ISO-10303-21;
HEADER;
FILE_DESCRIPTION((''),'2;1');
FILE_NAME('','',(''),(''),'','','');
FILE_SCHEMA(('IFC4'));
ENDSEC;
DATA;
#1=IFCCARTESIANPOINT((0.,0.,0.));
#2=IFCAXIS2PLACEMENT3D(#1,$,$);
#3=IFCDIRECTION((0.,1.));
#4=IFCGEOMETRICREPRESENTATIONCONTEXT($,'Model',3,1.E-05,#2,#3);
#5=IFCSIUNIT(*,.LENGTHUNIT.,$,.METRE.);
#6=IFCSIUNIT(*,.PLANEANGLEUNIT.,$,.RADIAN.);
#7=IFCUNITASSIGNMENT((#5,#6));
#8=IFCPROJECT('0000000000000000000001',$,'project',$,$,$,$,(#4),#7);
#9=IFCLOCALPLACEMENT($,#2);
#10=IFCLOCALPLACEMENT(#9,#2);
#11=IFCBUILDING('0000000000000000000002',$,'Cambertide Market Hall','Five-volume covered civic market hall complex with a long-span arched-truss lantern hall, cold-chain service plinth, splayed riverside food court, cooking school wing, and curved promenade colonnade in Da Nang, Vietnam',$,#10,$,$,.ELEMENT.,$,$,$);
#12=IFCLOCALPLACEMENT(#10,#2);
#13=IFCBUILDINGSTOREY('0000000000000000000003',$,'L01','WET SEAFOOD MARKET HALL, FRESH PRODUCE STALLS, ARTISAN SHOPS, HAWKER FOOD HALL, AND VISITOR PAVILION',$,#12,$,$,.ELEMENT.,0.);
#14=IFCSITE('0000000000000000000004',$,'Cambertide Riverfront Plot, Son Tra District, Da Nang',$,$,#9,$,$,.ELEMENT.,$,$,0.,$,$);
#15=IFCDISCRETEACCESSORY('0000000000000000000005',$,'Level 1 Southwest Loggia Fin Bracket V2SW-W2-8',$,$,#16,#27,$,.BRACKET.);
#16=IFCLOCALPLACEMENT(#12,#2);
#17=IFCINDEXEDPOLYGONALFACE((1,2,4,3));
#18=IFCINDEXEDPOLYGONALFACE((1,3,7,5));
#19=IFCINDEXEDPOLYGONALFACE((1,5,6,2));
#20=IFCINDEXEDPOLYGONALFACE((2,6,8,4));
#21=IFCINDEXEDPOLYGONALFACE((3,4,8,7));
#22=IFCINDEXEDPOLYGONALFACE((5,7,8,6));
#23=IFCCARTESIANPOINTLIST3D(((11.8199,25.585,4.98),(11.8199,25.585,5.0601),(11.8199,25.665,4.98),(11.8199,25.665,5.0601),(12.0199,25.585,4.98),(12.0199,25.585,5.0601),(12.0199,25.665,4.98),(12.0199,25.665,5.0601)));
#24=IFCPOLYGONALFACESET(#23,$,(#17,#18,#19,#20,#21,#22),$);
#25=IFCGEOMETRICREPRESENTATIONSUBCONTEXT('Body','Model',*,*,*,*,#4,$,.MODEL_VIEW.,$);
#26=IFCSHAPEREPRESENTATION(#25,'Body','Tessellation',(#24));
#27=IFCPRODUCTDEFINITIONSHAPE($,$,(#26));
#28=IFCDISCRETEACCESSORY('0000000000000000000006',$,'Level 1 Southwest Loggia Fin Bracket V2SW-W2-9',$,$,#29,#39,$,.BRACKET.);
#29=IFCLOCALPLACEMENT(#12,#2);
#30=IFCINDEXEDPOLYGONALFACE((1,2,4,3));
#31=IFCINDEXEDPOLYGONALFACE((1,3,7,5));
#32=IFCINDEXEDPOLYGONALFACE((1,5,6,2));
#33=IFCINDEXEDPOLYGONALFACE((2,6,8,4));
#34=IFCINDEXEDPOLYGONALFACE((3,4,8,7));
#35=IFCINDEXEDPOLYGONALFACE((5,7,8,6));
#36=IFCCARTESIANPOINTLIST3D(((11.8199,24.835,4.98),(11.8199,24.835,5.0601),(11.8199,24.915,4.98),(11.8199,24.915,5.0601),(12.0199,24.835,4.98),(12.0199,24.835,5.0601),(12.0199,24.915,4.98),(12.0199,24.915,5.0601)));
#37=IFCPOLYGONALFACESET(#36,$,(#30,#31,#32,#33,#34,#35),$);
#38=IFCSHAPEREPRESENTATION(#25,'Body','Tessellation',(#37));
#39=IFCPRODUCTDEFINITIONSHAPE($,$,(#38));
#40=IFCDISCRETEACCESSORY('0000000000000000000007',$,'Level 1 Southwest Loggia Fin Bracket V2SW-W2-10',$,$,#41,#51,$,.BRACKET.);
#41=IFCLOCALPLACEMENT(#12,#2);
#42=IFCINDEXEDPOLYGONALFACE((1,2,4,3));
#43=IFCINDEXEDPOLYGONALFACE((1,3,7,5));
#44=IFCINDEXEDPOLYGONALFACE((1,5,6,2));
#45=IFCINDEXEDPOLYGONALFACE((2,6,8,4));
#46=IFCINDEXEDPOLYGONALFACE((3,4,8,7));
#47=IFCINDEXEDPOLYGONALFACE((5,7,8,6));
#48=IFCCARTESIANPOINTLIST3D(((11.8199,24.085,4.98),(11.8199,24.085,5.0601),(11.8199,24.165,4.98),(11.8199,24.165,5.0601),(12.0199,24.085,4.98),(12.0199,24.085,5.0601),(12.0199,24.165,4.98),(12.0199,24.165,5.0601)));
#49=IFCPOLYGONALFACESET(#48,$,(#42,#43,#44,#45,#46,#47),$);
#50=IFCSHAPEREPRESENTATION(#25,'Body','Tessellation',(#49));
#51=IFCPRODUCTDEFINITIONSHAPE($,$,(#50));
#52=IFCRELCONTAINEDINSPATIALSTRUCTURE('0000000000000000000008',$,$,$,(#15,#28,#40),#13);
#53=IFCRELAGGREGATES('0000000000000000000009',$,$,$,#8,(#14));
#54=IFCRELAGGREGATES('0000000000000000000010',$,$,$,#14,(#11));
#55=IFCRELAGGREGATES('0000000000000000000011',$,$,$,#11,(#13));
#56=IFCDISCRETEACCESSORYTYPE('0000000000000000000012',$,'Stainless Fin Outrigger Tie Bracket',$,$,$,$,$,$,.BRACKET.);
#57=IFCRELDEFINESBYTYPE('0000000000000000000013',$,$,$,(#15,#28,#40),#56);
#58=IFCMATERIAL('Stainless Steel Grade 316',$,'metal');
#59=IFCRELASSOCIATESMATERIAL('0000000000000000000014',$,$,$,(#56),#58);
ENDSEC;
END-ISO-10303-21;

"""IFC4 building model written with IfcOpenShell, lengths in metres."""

from ifc_helpers import new_model, si_unit, direction, frame, origin, origin_2d, place, context, subcontext, project, spatial, rectangle, extrude, material, type_object, element, save


model = new_model("IFC4")

# Units and contexts
model_context = context("Model", 3, precision=1e-05, world=origin(), true_north=direction((0.0, 1.0)))
body_context = subcontext(model_context, "Body", "Model", "MODEL_VIEW")
ifc_project = project(units=[si_unit("LENGTHUNIT", "METRE"), si_unit("PLANEANGLEUNIT", "RADIAN")], contexts=[model_context])

# Site, building, storey
site_placement = place(None, origin())
site = spatial("IfcSite", under=ifc_project, at=site_placement, Name="Cambertide Riverfront Plot, Son Tra District, Da Nang", CompositionType="ELEMENT", RefElevation=0.0)
building_placement = place(site_placement, origin())
building = spatial("IfcBuilding", under=site, at=building_placement, Name="Cambertide Market Hall", Description="Five-volume covered civic market hall complex with a long-span arched-truss lantern hall, cold-chain service plinth, splayed riverside food court, cooking school wing, and curved promenade colonnade in Da Nang, Vietnam", CompositionType="ELEMENT")
storey_placement = place(building_placement, origin())
storey = spatial("IfcBuildingStorey", under=building, at=storey_placement, Name="L01", Description="WET SEAFOOD MARKET HALL, FRESH PRODUCE STALLS, ARTISAN SHOPS, HAWKER FOOD HALL, AND VISITOR PAVILION", CompositionType="ELEMENT", Elevation=0.0)

# Discrete accessories
ifc_material_1 = material(Name="Stainless Steel Grade 316", Category="metal")
discrete_accessory_type = type_object("IfcDiscreteAccessoryType", Name="Stainless Fin Outrigger Tie Bracket", PredefinedType="BRACKET", material=ifc_material_1)
for number, where, z_axis, x_axis, name in (
    (1, (11.9199, 25.625, 4.98), (0.0, 0.0, 1.0), (0.0, 1.0, 0.0), "Level 1 Southwest Loggia Fin Bracket V2SW-W2-8"),
    (2, (11.9199, 24.875, 4.98), (0.0, 0.0, 1.0), (0.0, 1.0, 0.0), "Level 1 Southwest Loggia Fin Bracket V2SW-W2-9"),
    (3, (11.9199, 24.125, 4.98), (0.0, 0.0, 1.0), (0.0, 1.0, 0.0), "Level 1 Southwest Loggia Fin Bracket V2SW-W2-10"),
):
    element("IfcDiscreteAccessory", number, at=place(storey_placement, frame(where, z_axis=z_axis, x_axis=x_axis)), inside=storey, type_object=discrete_accessory_type, Name=name, PredefinedType="BRACKET", context=body_context, shape_type="SweptSolid", body=[
        extrude(rectangle(XDim=0.0801, YDim=0.2, at=origin_2d()), origin(), (0.0, 0.0, 1.0), 0.0801),
    ])

save(model, "model.ifc")
